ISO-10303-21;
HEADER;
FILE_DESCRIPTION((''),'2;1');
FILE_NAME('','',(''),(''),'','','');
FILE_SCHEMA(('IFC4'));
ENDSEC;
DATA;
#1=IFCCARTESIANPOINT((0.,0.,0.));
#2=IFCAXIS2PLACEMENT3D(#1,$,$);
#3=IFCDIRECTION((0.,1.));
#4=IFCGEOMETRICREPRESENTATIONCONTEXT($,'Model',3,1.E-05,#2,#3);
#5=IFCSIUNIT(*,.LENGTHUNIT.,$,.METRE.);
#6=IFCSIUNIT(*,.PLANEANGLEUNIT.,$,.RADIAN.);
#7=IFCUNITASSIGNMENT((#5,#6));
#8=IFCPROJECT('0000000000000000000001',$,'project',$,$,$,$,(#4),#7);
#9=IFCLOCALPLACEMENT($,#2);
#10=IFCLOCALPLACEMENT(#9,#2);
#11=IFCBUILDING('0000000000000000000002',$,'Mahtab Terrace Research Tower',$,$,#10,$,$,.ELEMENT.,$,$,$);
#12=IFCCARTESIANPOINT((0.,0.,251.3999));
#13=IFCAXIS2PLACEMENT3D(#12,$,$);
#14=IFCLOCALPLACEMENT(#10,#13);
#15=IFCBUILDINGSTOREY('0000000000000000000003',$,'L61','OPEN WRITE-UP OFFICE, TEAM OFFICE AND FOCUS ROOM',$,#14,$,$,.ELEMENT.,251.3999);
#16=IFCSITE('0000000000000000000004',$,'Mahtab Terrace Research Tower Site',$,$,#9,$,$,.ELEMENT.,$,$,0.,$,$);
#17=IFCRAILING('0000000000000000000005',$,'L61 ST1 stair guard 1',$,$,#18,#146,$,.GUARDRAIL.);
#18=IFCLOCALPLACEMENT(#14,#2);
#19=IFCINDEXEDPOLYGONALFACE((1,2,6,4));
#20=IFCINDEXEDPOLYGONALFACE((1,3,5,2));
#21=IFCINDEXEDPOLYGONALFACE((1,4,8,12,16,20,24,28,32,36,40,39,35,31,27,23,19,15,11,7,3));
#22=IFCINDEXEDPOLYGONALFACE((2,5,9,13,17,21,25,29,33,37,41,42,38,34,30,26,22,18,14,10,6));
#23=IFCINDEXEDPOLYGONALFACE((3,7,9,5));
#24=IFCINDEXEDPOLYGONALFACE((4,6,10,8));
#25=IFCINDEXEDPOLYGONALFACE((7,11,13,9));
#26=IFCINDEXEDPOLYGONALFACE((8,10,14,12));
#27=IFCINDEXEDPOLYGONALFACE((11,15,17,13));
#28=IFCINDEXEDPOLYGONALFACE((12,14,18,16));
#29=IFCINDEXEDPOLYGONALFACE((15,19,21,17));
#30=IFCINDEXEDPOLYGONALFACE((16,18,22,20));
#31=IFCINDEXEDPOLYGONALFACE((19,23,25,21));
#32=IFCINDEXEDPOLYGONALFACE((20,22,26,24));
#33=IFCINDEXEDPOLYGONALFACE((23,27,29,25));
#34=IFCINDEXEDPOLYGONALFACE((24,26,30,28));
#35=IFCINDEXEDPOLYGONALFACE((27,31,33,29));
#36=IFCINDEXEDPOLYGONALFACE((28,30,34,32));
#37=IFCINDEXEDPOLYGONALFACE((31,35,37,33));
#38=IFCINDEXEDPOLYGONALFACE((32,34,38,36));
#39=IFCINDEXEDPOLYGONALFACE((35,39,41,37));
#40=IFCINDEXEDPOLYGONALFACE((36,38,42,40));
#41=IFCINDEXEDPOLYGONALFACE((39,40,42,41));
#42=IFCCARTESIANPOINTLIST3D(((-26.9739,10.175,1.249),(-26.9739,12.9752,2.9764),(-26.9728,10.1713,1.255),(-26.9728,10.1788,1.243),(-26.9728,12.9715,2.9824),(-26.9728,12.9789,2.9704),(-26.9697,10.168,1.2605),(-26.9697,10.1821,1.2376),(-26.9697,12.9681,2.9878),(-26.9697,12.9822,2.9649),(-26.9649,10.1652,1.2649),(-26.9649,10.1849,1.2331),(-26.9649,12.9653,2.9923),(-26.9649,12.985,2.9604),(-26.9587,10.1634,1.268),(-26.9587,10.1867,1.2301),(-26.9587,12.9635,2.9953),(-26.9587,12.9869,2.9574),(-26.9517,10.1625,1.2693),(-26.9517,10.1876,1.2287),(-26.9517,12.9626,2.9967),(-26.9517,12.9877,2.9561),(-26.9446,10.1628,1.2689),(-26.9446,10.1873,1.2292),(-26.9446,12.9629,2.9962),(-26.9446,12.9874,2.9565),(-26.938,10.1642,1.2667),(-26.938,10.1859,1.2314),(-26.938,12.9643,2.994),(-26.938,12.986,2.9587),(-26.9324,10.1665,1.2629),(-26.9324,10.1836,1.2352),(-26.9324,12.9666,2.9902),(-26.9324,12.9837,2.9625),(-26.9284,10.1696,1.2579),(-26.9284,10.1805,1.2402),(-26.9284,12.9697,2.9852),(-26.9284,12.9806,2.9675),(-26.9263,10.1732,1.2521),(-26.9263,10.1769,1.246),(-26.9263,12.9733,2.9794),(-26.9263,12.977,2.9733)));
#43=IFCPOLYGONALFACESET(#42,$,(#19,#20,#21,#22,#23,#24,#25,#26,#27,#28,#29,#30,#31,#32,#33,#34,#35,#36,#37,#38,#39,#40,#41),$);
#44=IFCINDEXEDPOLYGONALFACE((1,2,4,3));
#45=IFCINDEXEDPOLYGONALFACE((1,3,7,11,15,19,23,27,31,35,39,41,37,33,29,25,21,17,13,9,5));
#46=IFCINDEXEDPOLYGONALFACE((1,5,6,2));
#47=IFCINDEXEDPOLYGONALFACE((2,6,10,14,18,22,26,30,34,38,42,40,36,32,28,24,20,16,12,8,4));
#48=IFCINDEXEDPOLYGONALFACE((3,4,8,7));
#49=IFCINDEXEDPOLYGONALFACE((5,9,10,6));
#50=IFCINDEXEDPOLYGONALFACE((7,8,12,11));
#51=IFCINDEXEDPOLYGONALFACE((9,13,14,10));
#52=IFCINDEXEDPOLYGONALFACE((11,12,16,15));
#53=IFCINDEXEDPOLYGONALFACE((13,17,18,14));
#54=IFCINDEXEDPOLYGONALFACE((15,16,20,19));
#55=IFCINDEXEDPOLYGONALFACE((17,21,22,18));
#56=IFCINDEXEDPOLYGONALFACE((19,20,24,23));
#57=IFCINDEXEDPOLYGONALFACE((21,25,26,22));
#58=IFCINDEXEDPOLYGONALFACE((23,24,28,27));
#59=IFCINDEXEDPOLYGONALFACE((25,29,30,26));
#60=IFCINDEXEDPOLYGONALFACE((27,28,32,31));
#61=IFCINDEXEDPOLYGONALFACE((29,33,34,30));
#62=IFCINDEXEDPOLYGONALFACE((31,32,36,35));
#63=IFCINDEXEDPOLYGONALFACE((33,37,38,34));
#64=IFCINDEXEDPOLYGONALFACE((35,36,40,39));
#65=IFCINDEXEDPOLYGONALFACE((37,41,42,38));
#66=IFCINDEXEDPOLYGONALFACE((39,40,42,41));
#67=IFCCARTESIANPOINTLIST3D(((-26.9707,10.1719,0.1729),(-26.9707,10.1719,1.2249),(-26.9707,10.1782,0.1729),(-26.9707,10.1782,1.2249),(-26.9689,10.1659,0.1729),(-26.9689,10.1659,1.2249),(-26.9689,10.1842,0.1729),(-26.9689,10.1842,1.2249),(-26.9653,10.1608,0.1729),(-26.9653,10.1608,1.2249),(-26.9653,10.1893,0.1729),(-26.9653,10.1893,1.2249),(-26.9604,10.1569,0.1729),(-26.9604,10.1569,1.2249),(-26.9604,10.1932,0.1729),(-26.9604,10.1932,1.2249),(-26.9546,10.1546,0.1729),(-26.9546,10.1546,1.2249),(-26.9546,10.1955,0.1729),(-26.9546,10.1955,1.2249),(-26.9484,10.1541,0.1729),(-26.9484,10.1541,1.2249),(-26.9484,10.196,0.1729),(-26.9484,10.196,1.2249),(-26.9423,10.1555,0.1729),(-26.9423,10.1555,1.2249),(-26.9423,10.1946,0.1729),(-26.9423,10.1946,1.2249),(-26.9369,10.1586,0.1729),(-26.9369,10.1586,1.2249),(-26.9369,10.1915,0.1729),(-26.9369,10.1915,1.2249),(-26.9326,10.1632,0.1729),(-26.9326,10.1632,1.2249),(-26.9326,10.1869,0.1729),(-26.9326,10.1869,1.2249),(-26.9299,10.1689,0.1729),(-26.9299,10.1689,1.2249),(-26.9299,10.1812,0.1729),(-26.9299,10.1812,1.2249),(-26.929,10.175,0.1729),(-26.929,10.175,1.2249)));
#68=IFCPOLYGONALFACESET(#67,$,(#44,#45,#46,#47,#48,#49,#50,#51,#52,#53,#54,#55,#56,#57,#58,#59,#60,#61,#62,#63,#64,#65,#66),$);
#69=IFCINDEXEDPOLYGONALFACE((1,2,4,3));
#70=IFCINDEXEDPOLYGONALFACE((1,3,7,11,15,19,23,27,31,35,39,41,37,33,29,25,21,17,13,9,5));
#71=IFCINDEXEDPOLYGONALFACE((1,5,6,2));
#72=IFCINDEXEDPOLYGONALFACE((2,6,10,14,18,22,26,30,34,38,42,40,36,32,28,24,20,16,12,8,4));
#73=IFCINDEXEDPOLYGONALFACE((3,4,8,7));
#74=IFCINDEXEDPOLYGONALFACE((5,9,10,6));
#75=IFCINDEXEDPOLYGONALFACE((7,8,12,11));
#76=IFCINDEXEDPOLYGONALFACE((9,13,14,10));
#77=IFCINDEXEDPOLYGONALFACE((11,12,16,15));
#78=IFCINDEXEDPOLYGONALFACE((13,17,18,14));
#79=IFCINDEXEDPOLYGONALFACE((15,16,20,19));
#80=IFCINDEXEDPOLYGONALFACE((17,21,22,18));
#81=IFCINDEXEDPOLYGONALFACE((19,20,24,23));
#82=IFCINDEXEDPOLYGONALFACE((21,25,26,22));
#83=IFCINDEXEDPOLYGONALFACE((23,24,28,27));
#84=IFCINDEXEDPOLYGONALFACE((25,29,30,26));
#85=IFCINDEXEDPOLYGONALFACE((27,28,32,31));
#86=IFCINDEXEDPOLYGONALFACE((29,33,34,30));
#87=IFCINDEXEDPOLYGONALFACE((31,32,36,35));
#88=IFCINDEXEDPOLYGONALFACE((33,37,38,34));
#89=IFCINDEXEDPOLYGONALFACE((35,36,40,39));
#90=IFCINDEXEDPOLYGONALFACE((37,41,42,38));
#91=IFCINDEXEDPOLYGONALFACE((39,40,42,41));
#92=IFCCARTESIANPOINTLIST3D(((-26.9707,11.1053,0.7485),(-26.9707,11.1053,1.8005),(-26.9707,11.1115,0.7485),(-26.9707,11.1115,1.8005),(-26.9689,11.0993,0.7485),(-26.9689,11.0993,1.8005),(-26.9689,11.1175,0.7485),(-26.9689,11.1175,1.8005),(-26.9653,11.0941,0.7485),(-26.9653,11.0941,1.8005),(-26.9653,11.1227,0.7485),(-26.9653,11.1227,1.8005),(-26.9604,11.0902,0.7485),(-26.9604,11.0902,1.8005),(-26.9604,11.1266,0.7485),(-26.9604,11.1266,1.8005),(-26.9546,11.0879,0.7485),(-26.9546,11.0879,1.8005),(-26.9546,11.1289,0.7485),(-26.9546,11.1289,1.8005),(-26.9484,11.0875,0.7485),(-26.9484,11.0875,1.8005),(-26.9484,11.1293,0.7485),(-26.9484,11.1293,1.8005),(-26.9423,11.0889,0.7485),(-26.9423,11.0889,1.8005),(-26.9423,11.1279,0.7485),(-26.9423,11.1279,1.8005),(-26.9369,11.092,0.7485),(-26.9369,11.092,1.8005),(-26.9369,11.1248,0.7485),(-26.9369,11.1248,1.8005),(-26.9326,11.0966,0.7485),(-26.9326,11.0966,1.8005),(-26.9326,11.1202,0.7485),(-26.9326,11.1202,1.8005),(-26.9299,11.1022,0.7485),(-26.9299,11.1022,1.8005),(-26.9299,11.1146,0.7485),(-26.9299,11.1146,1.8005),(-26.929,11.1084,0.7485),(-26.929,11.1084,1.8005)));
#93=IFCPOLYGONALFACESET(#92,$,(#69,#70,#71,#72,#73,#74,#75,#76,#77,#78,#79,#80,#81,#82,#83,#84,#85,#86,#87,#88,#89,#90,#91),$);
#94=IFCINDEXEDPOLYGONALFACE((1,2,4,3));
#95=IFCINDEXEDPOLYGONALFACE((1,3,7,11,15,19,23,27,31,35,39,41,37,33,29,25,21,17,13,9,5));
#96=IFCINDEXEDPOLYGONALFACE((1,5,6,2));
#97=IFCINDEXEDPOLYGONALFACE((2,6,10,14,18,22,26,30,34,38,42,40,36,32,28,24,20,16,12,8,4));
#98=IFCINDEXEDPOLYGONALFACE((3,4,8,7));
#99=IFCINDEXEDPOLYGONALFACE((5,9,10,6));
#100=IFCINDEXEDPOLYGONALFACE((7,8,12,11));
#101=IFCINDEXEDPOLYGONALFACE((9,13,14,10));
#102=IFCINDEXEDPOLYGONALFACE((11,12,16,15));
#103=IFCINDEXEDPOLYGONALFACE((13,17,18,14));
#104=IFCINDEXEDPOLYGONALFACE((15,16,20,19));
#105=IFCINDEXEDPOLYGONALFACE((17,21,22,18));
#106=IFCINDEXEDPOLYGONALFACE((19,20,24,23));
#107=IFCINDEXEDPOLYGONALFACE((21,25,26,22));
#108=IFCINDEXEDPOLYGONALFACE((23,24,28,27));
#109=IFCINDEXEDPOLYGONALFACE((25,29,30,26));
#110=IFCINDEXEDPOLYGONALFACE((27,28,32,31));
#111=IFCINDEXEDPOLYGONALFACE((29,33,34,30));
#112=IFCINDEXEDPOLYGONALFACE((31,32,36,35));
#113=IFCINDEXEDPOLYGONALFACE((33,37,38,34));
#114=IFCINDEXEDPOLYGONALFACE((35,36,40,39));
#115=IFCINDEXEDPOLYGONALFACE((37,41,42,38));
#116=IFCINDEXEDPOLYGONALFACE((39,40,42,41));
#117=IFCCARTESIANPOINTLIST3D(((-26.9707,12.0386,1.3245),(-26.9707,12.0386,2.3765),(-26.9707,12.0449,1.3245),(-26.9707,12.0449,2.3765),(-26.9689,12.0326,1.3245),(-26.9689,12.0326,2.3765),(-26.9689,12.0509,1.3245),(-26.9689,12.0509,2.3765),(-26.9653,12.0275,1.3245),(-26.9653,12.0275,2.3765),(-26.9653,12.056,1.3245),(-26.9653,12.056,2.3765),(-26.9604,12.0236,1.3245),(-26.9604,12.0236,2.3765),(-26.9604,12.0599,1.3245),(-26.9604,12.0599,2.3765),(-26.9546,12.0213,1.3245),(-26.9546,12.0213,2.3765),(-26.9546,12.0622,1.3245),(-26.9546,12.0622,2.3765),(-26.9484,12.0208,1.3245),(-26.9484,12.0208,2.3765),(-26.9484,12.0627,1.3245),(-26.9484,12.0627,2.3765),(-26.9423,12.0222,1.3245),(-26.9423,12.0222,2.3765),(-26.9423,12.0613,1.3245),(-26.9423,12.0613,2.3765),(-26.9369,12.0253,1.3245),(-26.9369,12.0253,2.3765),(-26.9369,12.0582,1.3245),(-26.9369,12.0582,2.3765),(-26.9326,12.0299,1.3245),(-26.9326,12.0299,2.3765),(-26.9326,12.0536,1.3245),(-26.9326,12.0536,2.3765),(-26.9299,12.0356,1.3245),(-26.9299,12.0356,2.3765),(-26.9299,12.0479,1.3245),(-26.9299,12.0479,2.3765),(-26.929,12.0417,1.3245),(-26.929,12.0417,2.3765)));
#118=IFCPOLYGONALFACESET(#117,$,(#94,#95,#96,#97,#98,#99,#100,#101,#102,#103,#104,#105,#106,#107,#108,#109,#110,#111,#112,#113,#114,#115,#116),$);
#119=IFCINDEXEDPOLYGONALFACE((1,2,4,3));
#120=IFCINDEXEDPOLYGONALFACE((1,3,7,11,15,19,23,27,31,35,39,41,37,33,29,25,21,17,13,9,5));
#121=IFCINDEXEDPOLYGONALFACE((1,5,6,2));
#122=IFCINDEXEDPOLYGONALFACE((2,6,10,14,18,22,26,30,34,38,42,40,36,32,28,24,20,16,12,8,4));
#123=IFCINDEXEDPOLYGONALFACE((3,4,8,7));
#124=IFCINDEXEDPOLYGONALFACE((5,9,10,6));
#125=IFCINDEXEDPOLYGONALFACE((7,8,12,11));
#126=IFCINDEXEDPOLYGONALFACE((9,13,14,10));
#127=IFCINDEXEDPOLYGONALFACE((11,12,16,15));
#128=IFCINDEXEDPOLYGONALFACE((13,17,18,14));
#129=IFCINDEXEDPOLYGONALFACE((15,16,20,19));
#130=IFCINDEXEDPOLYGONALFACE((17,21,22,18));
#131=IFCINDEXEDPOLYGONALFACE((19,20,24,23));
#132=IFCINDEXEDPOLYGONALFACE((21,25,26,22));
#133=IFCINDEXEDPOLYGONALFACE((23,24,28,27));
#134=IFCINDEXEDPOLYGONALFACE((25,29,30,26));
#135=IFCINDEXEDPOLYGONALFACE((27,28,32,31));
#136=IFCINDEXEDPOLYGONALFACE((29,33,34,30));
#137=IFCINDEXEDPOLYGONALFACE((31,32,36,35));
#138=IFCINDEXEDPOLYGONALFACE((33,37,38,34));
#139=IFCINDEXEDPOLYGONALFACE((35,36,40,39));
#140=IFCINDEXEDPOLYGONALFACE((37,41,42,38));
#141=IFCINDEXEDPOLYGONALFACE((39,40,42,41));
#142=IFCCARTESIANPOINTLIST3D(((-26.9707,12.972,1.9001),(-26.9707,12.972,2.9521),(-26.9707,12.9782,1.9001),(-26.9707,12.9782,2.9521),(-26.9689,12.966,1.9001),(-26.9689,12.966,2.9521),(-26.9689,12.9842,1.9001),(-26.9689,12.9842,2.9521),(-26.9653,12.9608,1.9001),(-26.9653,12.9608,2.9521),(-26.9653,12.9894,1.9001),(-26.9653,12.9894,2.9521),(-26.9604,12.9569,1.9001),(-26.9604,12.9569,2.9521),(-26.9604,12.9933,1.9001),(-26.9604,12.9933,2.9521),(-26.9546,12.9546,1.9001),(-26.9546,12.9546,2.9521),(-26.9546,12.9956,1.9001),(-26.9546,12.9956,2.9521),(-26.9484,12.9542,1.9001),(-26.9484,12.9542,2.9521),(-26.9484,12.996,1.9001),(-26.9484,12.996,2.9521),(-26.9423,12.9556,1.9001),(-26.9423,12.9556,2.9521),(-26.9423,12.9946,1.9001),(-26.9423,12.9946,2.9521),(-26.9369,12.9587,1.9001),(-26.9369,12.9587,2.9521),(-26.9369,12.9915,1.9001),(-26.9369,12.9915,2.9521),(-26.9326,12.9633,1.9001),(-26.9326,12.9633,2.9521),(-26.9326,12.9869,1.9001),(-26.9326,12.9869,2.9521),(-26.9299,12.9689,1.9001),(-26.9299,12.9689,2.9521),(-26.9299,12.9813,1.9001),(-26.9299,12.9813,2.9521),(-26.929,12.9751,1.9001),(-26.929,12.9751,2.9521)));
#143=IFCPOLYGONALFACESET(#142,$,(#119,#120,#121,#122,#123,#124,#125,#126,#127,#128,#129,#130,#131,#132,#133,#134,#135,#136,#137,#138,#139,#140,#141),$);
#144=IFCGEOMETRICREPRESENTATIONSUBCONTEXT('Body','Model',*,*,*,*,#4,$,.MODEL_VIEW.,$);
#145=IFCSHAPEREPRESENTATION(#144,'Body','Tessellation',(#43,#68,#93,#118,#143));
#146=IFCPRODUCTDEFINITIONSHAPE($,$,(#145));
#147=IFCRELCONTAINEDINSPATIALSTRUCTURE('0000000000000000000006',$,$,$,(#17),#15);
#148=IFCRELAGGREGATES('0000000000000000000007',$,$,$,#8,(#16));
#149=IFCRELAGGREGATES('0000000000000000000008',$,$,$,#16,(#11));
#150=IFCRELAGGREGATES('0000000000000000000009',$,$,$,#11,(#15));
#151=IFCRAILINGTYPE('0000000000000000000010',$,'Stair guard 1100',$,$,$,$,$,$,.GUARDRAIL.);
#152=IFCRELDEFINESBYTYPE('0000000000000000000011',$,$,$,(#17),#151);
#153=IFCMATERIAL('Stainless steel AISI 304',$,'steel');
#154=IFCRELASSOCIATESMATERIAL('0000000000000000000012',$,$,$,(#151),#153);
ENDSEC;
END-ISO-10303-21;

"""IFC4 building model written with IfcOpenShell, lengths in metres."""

from ifc_helpers import new_model, si_unit, direction, frame, origin, origin_2d, place, context, subcontext, project, spatial, circle, extrude, material, type_object, element, save


model = new_model("IFC4")

# Units and contexts
model_context = context("Model", 3, precision=1e-05, world=origin(), true_north=direction((0.0, 1.0)))
body_context = subcontext(model_context, "Body", "Model", "MODEL_VIEW")
ifc_project = project(units=[si_unit("LENGTHUNIT", "METRE"), si_unit("PLANEANGLEUNIT", "RADIAN")], contexts=[model_context])

# Site, building, storey
site_placement = place(None, origin())
site = spatial("IfcSite", under=ifc_project, at=site_placement, Name="Mahtab Terrace Research Tower Site", CompositionType="ELEMENT", RefElevation=0.0)
building_placement = place(site_placement, origin())
building = spatial("IfcBuilding", under=site, at=building_placement, Name="Mahtab Terrace Research Tower", CompositionType="ELEMENT")
storey_placement = place(building_placement, frame((0.0, 0.0, 251.3999)))
storey = spatial("IfcBuildingStorey", under=building, at=storey_placement, Name="L61", Description="OPEN WRITE-UP OFFICE, TEAM OFFICE AND FOCUS ROOM", CompositionType="ELEMENT", Elevation=251.3999)

# Railing
ifc_material_1 = material(Name="Stainless steel AISI 304", Category="steel")
railing_type_1 = type_object("IfcRailingType", Name="Stair guard 1100", PredefinedType="GUARDRAIL", material=ifc_material_1)
railing_1_placement = place(storey_placement, frame((-26.95, 10.175, 0.1729)))
element("IfcRailing", 1, at=railing_1_placement, inside=storey, type_object=railing_type_1, Name="L61 ST1 stair guard 1", PredefinedType="GUARDRAIL", context=body_context, shape_type="SweptSolid", body=[
    extrude(circle(Radius=0.0239, at=origin_2d()), frame((0.0, 0.0, 1.0762), z_axis=(0.0, 0.85109, 0.52502), x_axis=(-1.0, 0.0, 0.0)), (0.0, 0.0, 1.0), 3.29),
    extrude(circle(Radius=0.021, at=origin_2d()), origin(), (0.0, 0.0, 1.0), 1.052),
    extrude(circle(Radius=0.021, at=origin_2d()), frame((0.0, 0.9333, 0.5757)), (0.0, 0.0, 1.0), 1.052),
    extrude(circle(Radius=0.021, at=origin_2d()), frame((0.0, 1.8667, 1.1516)), (0.0, 0.0, 1.0), 1.052),
    extrude(circle(Radius=0.021, at=origin_2d()), frame((0.0, 2.8, 1.7273)), (0.0, 0.0, 1.0), 1.052),
])

save(model, "model.ifc")
